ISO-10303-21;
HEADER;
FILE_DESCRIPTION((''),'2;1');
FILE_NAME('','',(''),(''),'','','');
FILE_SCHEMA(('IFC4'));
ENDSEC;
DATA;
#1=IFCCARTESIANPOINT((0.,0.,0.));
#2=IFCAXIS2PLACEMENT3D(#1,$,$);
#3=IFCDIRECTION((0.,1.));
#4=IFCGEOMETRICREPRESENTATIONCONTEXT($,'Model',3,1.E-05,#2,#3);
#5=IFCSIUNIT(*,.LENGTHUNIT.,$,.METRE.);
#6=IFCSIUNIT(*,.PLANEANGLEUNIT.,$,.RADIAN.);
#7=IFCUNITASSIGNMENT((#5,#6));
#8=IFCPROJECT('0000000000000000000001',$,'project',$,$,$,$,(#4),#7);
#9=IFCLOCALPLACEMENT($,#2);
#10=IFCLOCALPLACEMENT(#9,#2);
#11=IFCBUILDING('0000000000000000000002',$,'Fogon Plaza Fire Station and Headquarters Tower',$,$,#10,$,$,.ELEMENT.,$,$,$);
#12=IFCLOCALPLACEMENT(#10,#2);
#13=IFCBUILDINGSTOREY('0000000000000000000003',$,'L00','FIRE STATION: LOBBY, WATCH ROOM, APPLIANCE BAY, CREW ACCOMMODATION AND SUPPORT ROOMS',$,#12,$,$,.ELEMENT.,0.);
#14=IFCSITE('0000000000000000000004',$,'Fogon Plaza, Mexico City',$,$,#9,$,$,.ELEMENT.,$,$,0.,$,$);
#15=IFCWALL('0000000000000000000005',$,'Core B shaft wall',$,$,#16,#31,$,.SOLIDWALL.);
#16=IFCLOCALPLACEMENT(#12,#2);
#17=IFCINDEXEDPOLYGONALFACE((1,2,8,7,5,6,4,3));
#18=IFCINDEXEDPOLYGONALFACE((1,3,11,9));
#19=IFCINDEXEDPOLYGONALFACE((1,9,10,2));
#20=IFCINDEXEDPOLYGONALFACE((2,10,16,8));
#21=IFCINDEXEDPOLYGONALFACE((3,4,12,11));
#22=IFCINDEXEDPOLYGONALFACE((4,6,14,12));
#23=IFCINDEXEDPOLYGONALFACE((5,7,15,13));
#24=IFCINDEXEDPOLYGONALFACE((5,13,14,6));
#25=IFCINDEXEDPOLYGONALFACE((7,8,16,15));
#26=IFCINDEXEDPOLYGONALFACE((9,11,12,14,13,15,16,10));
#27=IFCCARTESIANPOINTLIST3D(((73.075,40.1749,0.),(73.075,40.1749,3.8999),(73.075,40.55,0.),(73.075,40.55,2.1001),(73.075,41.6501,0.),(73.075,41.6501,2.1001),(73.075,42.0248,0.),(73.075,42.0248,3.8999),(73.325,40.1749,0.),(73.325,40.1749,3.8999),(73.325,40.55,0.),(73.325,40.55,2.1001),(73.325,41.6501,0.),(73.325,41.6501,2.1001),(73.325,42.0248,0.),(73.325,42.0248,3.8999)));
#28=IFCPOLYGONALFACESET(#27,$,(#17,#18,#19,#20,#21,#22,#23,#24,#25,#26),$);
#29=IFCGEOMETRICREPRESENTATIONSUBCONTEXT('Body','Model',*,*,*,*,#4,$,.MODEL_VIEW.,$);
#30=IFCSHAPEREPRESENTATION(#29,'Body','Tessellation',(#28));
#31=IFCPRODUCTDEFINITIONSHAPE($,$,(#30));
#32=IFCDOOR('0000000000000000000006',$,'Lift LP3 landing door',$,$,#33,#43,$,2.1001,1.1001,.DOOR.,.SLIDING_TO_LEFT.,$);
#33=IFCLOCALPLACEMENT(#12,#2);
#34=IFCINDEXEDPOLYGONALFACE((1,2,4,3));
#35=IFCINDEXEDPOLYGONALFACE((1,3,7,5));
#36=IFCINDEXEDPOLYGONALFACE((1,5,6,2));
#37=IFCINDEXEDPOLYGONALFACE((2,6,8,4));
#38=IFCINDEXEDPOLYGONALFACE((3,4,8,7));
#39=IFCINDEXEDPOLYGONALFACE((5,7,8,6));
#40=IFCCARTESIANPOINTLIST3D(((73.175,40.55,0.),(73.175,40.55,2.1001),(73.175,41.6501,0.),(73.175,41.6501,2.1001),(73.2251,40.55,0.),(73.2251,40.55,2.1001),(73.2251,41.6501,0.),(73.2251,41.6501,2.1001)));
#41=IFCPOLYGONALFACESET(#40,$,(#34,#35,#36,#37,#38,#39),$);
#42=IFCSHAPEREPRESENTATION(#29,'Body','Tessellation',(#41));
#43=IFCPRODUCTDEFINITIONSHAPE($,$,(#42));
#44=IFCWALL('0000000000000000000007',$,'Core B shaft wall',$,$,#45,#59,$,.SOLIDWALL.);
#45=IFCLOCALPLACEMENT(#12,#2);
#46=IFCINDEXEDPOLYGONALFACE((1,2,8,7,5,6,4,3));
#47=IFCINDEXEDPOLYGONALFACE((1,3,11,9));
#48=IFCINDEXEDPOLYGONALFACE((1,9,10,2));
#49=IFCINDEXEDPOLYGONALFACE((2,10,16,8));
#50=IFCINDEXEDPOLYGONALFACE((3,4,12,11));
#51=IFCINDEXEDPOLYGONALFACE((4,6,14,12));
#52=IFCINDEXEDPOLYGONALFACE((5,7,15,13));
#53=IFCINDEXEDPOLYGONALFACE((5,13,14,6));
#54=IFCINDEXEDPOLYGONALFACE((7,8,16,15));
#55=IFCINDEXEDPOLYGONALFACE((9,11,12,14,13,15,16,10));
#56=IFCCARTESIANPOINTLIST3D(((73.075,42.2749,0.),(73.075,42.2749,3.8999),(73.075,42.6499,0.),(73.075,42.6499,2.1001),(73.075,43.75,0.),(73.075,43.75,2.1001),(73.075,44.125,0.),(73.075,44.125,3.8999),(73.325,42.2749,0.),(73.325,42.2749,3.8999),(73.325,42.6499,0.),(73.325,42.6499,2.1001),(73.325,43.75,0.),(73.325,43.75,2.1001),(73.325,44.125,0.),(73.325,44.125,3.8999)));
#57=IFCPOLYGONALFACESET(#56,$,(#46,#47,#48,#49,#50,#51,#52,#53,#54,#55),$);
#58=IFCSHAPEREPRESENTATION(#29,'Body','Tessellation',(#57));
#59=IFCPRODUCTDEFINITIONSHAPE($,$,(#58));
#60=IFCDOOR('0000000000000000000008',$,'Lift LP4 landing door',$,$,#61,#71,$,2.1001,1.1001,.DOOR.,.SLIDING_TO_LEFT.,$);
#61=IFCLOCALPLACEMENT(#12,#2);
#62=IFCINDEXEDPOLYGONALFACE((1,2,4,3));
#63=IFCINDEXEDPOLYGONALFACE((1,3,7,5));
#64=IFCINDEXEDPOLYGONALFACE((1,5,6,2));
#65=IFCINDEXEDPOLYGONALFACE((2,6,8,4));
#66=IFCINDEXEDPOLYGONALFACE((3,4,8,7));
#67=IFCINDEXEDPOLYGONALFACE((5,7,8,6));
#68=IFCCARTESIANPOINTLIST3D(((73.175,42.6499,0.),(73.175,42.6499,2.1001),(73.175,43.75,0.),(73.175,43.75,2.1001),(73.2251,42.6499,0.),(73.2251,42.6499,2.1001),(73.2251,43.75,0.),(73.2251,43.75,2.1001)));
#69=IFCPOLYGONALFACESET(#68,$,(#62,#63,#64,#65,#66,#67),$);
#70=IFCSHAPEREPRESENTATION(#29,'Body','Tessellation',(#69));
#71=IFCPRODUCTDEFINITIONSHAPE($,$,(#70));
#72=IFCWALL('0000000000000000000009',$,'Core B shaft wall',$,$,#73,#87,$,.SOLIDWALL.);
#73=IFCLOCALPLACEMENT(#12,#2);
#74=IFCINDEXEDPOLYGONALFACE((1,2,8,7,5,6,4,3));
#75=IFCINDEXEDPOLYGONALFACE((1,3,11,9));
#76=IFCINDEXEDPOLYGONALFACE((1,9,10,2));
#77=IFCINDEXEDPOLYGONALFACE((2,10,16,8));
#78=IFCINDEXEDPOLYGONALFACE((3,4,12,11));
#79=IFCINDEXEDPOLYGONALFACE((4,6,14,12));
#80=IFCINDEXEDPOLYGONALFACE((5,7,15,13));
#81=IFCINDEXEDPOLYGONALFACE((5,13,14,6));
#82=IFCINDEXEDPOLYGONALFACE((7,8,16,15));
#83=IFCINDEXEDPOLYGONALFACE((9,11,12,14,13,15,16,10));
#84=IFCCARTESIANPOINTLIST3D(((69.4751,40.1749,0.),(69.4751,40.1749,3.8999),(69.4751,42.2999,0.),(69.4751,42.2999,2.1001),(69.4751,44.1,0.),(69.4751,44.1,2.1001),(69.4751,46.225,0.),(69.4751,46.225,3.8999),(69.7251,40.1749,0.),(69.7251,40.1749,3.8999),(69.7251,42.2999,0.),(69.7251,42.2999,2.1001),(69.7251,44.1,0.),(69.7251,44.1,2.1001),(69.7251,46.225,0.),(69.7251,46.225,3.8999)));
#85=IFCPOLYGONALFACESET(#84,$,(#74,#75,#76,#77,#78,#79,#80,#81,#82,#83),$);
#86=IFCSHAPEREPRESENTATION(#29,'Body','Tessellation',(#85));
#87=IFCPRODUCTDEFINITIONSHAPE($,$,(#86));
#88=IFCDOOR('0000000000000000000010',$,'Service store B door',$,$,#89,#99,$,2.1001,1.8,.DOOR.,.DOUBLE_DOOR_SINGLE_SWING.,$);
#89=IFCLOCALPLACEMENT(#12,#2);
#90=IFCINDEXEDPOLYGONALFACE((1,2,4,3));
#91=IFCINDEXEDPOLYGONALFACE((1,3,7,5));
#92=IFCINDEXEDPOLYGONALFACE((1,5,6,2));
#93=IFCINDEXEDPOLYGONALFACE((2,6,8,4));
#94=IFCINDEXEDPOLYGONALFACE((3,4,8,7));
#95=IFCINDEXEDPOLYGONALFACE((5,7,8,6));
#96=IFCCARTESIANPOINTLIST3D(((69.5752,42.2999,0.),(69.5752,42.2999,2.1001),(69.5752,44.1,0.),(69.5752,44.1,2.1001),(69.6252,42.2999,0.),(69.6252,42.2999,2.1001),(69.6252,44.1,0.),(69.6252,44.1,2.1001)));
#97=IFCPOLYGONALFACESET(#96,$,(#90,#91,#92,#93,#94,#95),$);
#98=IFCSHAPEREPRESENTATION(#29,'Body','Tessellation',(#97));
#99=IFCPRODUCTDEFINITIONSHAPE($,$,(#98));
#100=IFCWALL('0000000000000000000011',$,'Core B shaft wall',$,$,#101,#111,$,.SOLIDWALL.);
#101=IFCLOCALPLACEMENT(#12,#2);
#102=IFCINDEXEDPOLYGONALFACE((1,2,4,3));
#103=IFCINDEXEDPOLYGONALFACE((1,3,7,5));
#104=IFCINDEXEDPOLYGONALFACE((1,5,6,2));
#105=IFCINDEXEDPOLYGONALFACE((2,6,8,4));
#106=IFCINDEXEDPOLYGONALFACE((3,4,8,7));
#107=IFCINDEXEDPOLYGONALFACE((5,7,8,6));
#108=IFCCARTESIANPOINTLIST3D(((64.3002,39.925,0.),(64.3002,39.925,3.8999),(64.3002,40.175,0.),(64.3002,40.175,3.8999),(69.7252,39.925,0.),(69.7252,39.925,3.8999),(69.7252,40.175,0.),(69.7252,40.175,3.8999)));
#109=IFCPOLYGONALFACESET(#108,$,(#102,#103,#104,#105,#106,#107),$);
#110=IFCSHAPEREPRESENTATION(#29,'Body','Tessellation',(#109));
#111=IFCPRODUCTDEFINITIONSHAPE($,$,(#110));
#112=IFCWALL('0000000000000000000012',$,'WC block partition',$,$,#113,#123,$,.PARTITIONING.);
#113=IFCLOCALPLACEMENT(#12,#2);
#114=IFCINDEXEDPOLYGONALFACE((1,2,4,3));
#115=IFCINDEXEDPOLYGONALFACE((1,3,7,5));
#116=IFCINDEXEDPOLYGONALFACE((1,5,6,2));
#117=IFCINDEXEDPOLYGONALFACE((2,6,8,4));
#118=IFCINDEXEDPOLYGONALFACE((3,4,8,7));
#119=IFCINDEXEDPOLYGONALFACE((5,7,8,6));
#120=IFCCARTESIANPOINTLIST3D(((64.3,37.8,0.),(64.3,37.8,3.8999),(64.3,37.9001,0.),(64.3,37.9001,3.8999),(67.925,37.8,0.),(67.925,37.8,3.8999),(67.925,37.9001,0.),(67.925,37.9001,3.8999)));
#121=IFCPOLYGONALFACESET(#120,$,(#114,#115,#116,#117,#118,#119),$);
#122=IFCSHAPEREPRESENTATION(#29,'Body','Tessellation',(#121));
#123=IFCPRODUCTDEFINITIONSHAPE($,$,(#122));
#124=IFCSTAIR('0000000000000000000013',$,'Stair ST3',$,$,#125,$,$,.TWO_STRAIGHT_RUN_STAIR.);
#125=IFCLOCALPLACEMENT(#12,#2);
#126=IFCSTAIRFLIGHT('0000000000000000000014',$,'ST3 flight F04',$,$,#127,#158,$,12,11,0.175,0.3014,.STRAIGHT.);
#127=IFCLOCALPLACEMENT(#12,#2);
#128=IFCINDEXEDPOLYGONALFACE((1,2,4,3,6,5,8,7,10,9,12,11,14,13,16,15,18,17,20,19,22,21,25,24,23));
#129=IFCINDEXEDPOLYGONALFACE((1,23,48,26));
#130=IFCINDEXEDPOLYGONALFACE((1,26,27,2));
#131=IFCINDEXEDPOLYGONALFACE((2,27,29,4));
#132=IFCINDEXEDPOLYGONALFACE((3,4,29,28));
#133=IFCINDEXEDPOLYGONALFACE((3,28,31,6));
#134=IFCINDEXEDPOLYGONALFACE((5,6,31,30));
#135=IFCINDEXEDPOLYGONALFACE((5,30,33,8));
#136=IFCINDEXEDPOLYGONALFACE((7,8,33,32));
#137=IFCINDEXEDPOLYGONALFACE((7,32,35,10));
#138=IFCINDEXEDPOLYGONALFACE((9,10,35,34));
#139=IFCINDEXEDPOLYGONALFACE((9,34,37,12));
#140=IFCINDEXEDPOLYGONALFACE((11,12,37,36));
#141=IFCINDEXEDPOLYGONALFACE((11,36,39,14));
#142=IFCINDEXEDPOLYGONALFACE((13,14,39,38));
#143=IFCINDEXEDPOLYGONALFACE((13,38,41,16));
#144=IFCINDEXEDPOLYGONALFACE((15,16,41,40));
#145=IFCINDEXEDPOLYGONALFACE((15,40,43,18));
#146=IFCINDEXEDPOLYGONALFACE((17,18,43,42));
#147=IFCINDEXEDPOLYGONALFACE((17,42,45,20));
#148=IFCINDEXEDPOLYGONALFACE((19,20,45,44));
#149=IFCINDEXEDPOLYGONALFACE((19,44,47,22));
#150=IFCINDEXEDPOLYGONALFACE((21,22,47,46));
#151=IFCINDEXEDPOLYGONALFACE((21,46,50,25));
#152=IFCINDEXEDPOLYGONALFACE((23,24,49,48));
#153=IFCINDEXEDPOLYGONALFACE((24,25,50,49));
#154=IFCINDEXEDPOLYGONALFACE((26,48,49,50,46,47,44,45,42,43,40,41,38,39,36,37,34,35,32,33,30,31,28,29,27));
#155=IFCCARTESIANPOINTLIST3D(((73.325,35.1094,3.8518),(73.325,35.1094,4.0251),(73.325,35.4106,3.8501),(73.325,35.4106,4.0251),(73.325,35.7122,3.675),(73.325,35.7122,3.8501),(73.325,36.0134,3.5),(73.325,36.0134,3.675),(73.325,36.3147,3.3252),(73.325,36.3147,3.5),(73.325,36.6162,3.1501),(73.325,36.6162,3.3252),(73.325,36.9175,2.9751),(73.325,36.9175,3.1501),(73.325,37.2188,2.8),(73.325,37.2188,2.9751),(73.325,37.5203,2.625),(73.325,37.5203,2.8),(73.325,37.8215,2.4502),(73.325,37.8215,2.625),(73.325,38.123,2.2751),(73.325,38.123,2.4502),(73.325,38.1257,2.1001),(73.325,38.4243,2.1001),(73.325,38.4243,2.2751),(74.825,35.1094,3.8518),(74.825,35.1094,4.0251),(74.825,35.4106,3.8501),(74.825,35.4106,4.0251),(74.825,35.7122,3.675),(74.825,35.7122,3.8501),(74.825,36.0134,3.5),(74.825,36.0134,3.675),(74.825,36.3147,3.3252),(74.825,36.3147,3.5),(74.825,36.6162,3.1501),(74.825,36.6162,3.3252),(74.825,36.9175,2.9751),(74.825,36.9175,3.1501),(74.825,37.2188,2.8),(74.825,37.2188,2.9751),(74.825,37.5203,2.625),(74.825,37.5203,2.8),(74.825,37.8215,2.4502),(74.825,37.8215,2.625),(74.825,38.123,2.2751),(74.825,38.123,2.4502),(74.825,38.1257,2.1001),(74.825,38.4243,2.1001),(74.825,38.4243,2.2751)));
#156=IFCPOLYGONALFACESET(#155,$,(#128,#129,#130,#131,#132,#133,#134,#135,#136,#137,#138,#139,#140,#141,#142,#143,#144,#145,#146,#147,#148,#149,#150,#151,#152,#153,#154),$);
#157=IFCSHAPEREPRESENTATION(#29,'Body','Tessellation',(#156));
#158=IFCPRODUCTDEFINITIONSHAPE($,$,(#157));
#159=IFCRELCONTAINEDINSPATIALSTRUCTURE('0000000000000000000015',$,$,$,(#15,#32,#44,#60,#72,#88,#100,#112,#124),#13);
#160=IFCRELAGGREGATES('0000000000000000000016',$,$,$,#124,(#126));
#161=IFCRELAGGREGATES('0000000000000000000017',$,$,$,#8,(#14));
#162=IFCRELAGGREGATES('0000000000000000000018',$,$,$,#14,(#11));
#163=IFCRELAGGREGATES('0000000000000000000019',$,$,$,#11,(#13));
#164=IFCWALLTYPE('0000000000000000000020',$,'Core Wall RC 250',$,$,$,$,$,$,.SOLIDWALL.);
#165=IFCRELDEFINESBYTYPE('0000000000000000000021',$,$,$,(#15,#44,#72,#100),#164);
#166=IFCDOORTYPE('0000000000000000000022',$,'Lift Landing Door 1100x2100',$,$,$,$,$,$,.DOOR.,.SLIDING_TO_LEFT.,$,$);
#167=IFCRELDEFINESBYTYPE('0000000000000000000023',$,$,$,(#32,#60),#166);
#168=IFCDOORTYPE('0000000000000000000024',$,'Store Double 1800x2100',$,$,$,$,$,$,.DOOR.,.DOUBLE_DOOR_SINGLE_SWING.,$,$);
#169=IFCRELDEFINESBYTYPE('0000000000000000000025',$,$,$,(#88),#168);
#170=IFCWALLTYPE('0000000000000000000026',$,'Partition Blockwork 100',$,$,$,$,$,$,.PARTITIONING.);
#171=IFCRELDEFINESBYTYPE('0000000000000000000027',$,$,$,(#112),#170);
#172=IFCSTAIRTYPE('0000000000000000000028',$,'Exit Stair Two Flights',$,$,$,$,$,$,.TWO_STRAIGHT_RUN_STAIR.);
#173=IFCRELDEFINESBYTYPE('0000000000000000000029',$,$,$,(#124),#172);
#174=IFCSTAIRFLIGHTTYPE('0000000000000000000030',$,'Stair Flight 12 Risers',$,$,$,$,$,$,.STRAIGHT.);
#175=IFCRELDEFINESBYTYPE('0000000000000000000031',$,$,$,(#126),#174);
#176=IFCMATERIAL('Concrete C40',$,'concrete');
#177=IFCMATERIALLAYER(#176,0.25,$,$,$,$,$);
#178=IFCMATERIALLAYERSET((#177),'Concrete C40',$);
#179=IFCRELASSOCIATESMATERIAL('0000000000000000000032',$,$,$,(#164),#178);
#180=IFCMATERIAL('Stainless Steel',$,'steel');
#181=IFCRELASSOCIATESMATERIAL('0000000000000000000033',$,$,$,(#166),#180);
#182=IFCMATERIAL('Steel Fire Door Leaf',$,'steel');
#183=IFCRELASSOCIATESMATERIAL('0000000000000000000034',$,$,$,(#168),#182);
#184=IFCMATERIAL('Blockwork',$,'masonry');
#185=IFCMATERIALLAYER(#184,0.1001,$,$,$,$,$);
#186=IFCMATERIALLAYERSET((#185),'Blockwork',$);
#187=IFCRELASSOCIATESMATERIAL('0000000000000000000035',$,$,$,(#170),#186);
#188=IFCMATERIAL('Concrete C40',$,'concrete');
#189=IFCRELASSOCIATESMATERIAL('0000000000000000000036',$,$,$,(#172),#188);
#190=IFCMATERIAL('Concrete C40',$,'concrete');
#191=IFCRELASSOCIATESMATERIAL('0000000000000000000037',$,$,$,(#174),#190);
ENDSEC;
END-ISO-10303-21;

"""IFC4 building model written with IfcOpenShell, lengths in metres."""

from ifc_helpers import new_model, si_unit, direction, frame, frame_2d, origin, place, context, subcontext, project, spatial, polyline, rectangle, outline, extrude, material, layer, layer_set, type_object, element, fill, aggregate, save


model = new_model("IFC4")

# Units and contexts
model_context = context("Model", 3, precision=1e-05, world=origin(), true_north=direction((0.0, 1.0)))
body_context = subcontext(model_context, "Body", "Model", "MODEL_VIEW")
ifc_project = project(units=[si_unit("LENGTHUNIT", "METRE"), si_unit("PLANEANGLEUNIT", "RADIAN")], contexts=[model_context])

# Site, building, storey
site_placement = place(None, origin())
site = spatial("IfcSite", under=ifc_project, at=site_placement, Name="Fogon Plaza, Mexico City", CompositionType="ELEMENT", RefElevation=0.0)
building_placement = place(site_placement, origin())
building = spatial("IfcBuilding", under=site, at=building_placement, Name="Fogon Plaza Fire Station and Headquarters Tower", CompositionType="ELEMENT")
storey_placement = place(building_placement, origin())
storey = spatial("IfcBuildingStorey", under=building, at=storey_placement, Name="L00", Description="FIRE STATION: LOBBY, WATCH ROOM, APPLIANCE BAY, CREW ACCOMMODATION AND SUPPORT ROOMS", CompositionType="ELEMENT", Elevation=0.0)

# Walls, openings, doors
ifc_material_1 = material(Name="Concrete C40", Category="concrete")
ifc_layer_1 = layer(ifc_material_1, 0.25)
ifc_layer_set_1 = layer_set([ifc_layer_1], Name="Concrete C40")
wall_type_1 = type_object("IfcWallType", Name="Core Wall RC 250", PredefinedType="SOLIDWALL", material=ifc_layer_set_1)
wall_1_placement = place(storey_placement, frame((73.2, 40.175, 0.0), z_axis=(0.0, 0.0, 1.0), x_axis=(0.0, 1.0, 0.0)))
wall_1 = element("IfcWall", 1, at=wall_1_placement, inside=storey, type_object=wall_type_1, Name="Core B shaft wall", PredefinedType="SOLIDWALL", context=body_context, shape_type="SweptSolid", body=[
    extrude(rectangle(XDim=1.8499, YDim=0.25, at=frame_2d((0.9248, 0.0))), origin(), (0.0, 0.0, 1.0), 3.8999),
])
opening_1_placement = place(wall_1_placement, frame((0.375, 0.0, 0.0)))
opening_1 = element("IfcOpeningElement", 2, at=opening_1_placement, cuts=wall_1, PredefinedType="OPENING", context=body_context, shape_type="SweptSolid", body=[
    extrude(rectangle(XDim=1.1001, YDim=2.1001, at=frame_2d((0.55, 1.05))), frame((0.0, 0.135, 0.0), z_axis=(0.0, -1.0, 0.0), x_axis=(1.0, 0.0, 0.0)), (0.0, 0.0, 1.0), 0.27),
])
ifc_material_2 = material(Name="Stainless Steel", Category="steel")
door_type_1 = type_object("IfcDoorType", Name="Lift Landing Door 1100x2100", OperationType="SLIDING_TO_LEFT", PredefinedType="DOOR", material=ifc_material_2)
door_1_placement = place(opening_1_placement, origin())
door_1 = element("IfcDoor", 3, at=door_1_placement, inside=storey, type_object=door_type_1, Name="Lift LP3 landing door", OperationType="SLIDING_TO_LEFT", OverallHeight=2.1001, OverallWidth=1.1001, PredefinedType="DOOR", context=body_context, shape_type="SweptSolid", body=[
    extrude(rectangle(XDim=1.1001, YDim=2.1001, at=frame_2d((0.55, 1.05))), frame((0.0, 0.0249, 0.0), z_axis=(0.0, -1.0, 0.0), x_axis=(1.0, 0.0, 0.0)), (0.0, 0.0, 1.0), 0.05),
])
fill(opening_1, door_1)
wall_2_placement = place(storey_placement, frame((73.2, 42.2749, 0.0), z_axis=(0.0, 0.0, 1.0), x_axis=(0.0, 1.0, 0.0)))
wall_2 = element("IfcWall", 4, at=wall_2_placement, inside=storey, type_object=wall_type_1, Name="Core B shaft wall", PredefinedType="SOLIDWALL", context=body_context, shape_type="SweptSolid", body=[
    extrude(rectangle(XDim=1.8501, YDim=0.25, at=frame_2d((0.925, 0.0))), origin(), (0.0, 0.0, 1.0), 3.8999),
])
opening_2_placement = place(wall_2_placement, frame((0.375, 0.0, 0.0)))
opening_2 = element("IfcOpeningElement", 5, at=opening_2_placement, cuts=wall_2, PredefinedType="OPENING", context=body_context, shape_type="SweptSolid", body=[
    extrude(rectangle(XDim=1.1001, YDim=2.1001, at=frame_2d((0.55, 1.05))), frame((0.0, 0.135, 0.0), z_axis=(0.0, -1.0, 0.0), x_axis=(1.0, 0.0, 0.0)), (0.0, 0.0, 1.0), 0.27),
])
door_2_placement = place(opening_2_placement, origin())
door_2 = element("IfcDoor", 6, at=door_2_placement, inside=storey, type_object=door_type_1, Name="Lift LP4 landing door", OperationType="SLIDING_TO_LEFT", OverallHeight=2.1001, OverallWidth=1.1001, PredefinedType="DOOR", context=body_context, shape_type="SweptSolid", body=[
    extrude(rectangle(XDim=1.1001, YDim=2.1001, at=frame_2d((0.55, 1.05))), frame((0.0, 0.0249, 0.0), z_axis=(0.0, -1.0, 0.0), x_axis=(1.0, 0.0, 0.0)), (0.0, 0.0, 1.0), 0.05),
])
fill(opening_2, door_2)
wall_3_placement = place(storey_placement, frame((69.6001, 40.175, 0.0), z_axis=(0.0, 0.0, 1.0), x_axis=(0.0, 1.0, 0.0)))
wall_3 = element("IfcWall", 7, at=wall_3_placement, inside=storey, type_object=wall_type_1, Name="Core B shaft wall", PredefinedType="SOLIDWALL", context=body_context, shape_type="SweptSolid", body=[
    extrude(rectangle(XDim=6.05, YDim=0.25, at=frame_2d((3.0249, 0.0))), origin(), (0.0, 0.0, 1.0), 3.8999),
])
opening_3_placement = place(wall_3_placement, frame((2.125, 0.0, 0.0)))
opening_3 = element("IfcOpeningElement", 8, at=opening_3_placement, cuts=wall_3, PredefinedType="OPENING", context=body_context, shape_type="SweptSolid", body=[
    extrude(rectangle(XDim=1.8, YDim=2.1001, at=frame_2d((0.8999, 1.05))), frame((0.0, 0.135, 0.0), z_axis=(0.0, -1.0, 0.0), x_axis=(1.0, 0.0, 0.0)), (0.0, 0.0, 1.0), 0.27),
])
ifc_material_3 = material(Name="Steel Fire Door Leaf", Category="steel")
door_type_2 = type_object("IfcDoorType", Name="Store Double 1800x2100", OperationType="DOUBLE_DOOR_SINGLE_SWING", PredefinedType="DOOR", material=ifc_material_3)
door_3_placement = place(opening_3_placement, origin())
door_3 = element("IfcDoor", 9, at=door_3_placement, inside=storey, type_object=door_type_2, Name="Service store B door", OperationType="DOUBLE_DOOR_SINGLE_SWING", OverallHeight=2.1001, OverallWidth=1.8, PredefinedType="DOOR", context=body_context, shape_type="SweptSolid", body=[
    extrude(rectangle(XDim=1.8, YDim=2.1001, at=frame_2d((0.8999, 1.05))), frame((0.0, 0.0249, 0.0), z_axis=(0.0, -1.0, 0.0), x_axis=(1.0, 0.0, 0.0)), (0.0, 0.0, 1.0), 0.05),
])
fill(opening_3, door_3)

# Walls
wall_4_placement = place(storey_placement, frame((69.7251, 40.05, 0.0), z_axis=(0.0, 0.0, 1.0), x_axis=(-1.0, 0.0, 0.0)))
element("IfcWall", 10, at=wall_4_placement, inside=storey, type_object=wall_type_1, Name="Core B shaft wall", PredefinedType="SOLIDWALL", context=body_context, shape_type="SweptSolid", body=[
    extrude(rectangle(XDim=5.425, YDim=0.25, at=frame_2d((2.7124, 0.0))), origin(), (0.0, 0.0, 1.0), 3.8999),
])
ifc_material_4 = material(Name="Blockwork", Category="masonry")
ifc_layer_2 = layer(ifc_material_4, 0.1001)
ifc_layer_set_2 = layer_set([ifc_layer_2], Name="Blockwork")
wall_type_2 = type_object("IfcWallType", Name="Partition Blockwork 100", PredefinedType="PARTITIONING", material=ifc_layer_set_2)
wall_5_placement = place(storey_placement, frame((67.925, 37.8501, 0.0), z_axis=(0.0, 0.0, 1.0), x_axis=(-1.0, 0.0, 0.0)))
element("IfcWall", 11, at=wall_5_placement, inside=storey, type_object=wall_type_2, Name="WC block partition", PredefinedType="PARTITIONING", context=body_context, shape_type="SweptSolid", body=[
    extrude(rectangle(XDim=3.625, YDim=0.1001, at=frame_2d((1.8125, 0.0))), origin(), (0.0, 0.0, 1.0), 3.8999),
])

# Stair, stair flight
ifc_material_5 = material(Name="Concrete C40", Category="concrete")
stair_type = type_object("IfcStairType", Name="Exit Stair Two Flights", PredefinedType="TWO_STRAIGHT_RUN_STAIR", material=ifc_material_5)
stair_placement = place(storey_placement, origin())
stair = element("IfcStair", 12, at=stair_placement, inside=storey, type_object=stair_type, Name="Stair ST3", PredefinedType="TWO_STRAIGHT_RUN_STAIR")
ifc_material_6 = material(Name="Concrete C40", Category="concrete")
stair_flight_type = type_object("IfcStairFlightType", Name="Stair Flight 12 Risers", PredefinedType="STRAIGHT", material=ifc_material_6)
stair_flight_placement = place(storey_placement, frame((74.075, 38.4243, 2.1001), z_axis=(0.0, 0.0, 1.0), x_axis=(0.0, -1.0, 0.0)))
stair_flight = element("IfcStairFlight", 13, at=stair_flight_placement, type_object=stair_flight_type, Name="ST3 flight F04", NumberOfRisers=12, NumberOfTreads=11, PredefinedType="STRAIGHT", RiserHeight=0.175, TreadLength=0.3014, context=body_context, shape_type="SweptSolid", body=[
    extrude(outline(polyline([(0.0, 0.0), (0.0, 0.175), (0.3013, 0.175), (0.3013, 0.3501), (0.6028, 0.3501), (0.6028, 0.5249), (0.9041, 0.5249), (0.9041, 0.7), (1.2056, 0.7), (1.2056, 0.875), (1.5068, 0.875), (1.5068, 1.05), (1.8081, 1.05), (1.8081, 1.2251), (2.1096, 1.2251), (2.1096, 1.3999), (2.4109, 1.3999), (2.4109, 1.575), (2.7122, 1.575), (2.7122, 1.75), (3.0137, 1.75), (3.0137, 1.925), (3.3149, 1.925), (3.3149, 2.1001), (3.3149, 1.7517), (0.2986, 0.0), (0.0, 0.0)])), frame((0.0, 0.75, 0.0), z_axis=(0.0, -1.0, 0.0), x_axis=(1.0, 0.0, 0.0)), (0.0, 0.0, 1.0), 1.5),
])
aggregate(stair, [stair_flight])

save(model, "model.ifc")
